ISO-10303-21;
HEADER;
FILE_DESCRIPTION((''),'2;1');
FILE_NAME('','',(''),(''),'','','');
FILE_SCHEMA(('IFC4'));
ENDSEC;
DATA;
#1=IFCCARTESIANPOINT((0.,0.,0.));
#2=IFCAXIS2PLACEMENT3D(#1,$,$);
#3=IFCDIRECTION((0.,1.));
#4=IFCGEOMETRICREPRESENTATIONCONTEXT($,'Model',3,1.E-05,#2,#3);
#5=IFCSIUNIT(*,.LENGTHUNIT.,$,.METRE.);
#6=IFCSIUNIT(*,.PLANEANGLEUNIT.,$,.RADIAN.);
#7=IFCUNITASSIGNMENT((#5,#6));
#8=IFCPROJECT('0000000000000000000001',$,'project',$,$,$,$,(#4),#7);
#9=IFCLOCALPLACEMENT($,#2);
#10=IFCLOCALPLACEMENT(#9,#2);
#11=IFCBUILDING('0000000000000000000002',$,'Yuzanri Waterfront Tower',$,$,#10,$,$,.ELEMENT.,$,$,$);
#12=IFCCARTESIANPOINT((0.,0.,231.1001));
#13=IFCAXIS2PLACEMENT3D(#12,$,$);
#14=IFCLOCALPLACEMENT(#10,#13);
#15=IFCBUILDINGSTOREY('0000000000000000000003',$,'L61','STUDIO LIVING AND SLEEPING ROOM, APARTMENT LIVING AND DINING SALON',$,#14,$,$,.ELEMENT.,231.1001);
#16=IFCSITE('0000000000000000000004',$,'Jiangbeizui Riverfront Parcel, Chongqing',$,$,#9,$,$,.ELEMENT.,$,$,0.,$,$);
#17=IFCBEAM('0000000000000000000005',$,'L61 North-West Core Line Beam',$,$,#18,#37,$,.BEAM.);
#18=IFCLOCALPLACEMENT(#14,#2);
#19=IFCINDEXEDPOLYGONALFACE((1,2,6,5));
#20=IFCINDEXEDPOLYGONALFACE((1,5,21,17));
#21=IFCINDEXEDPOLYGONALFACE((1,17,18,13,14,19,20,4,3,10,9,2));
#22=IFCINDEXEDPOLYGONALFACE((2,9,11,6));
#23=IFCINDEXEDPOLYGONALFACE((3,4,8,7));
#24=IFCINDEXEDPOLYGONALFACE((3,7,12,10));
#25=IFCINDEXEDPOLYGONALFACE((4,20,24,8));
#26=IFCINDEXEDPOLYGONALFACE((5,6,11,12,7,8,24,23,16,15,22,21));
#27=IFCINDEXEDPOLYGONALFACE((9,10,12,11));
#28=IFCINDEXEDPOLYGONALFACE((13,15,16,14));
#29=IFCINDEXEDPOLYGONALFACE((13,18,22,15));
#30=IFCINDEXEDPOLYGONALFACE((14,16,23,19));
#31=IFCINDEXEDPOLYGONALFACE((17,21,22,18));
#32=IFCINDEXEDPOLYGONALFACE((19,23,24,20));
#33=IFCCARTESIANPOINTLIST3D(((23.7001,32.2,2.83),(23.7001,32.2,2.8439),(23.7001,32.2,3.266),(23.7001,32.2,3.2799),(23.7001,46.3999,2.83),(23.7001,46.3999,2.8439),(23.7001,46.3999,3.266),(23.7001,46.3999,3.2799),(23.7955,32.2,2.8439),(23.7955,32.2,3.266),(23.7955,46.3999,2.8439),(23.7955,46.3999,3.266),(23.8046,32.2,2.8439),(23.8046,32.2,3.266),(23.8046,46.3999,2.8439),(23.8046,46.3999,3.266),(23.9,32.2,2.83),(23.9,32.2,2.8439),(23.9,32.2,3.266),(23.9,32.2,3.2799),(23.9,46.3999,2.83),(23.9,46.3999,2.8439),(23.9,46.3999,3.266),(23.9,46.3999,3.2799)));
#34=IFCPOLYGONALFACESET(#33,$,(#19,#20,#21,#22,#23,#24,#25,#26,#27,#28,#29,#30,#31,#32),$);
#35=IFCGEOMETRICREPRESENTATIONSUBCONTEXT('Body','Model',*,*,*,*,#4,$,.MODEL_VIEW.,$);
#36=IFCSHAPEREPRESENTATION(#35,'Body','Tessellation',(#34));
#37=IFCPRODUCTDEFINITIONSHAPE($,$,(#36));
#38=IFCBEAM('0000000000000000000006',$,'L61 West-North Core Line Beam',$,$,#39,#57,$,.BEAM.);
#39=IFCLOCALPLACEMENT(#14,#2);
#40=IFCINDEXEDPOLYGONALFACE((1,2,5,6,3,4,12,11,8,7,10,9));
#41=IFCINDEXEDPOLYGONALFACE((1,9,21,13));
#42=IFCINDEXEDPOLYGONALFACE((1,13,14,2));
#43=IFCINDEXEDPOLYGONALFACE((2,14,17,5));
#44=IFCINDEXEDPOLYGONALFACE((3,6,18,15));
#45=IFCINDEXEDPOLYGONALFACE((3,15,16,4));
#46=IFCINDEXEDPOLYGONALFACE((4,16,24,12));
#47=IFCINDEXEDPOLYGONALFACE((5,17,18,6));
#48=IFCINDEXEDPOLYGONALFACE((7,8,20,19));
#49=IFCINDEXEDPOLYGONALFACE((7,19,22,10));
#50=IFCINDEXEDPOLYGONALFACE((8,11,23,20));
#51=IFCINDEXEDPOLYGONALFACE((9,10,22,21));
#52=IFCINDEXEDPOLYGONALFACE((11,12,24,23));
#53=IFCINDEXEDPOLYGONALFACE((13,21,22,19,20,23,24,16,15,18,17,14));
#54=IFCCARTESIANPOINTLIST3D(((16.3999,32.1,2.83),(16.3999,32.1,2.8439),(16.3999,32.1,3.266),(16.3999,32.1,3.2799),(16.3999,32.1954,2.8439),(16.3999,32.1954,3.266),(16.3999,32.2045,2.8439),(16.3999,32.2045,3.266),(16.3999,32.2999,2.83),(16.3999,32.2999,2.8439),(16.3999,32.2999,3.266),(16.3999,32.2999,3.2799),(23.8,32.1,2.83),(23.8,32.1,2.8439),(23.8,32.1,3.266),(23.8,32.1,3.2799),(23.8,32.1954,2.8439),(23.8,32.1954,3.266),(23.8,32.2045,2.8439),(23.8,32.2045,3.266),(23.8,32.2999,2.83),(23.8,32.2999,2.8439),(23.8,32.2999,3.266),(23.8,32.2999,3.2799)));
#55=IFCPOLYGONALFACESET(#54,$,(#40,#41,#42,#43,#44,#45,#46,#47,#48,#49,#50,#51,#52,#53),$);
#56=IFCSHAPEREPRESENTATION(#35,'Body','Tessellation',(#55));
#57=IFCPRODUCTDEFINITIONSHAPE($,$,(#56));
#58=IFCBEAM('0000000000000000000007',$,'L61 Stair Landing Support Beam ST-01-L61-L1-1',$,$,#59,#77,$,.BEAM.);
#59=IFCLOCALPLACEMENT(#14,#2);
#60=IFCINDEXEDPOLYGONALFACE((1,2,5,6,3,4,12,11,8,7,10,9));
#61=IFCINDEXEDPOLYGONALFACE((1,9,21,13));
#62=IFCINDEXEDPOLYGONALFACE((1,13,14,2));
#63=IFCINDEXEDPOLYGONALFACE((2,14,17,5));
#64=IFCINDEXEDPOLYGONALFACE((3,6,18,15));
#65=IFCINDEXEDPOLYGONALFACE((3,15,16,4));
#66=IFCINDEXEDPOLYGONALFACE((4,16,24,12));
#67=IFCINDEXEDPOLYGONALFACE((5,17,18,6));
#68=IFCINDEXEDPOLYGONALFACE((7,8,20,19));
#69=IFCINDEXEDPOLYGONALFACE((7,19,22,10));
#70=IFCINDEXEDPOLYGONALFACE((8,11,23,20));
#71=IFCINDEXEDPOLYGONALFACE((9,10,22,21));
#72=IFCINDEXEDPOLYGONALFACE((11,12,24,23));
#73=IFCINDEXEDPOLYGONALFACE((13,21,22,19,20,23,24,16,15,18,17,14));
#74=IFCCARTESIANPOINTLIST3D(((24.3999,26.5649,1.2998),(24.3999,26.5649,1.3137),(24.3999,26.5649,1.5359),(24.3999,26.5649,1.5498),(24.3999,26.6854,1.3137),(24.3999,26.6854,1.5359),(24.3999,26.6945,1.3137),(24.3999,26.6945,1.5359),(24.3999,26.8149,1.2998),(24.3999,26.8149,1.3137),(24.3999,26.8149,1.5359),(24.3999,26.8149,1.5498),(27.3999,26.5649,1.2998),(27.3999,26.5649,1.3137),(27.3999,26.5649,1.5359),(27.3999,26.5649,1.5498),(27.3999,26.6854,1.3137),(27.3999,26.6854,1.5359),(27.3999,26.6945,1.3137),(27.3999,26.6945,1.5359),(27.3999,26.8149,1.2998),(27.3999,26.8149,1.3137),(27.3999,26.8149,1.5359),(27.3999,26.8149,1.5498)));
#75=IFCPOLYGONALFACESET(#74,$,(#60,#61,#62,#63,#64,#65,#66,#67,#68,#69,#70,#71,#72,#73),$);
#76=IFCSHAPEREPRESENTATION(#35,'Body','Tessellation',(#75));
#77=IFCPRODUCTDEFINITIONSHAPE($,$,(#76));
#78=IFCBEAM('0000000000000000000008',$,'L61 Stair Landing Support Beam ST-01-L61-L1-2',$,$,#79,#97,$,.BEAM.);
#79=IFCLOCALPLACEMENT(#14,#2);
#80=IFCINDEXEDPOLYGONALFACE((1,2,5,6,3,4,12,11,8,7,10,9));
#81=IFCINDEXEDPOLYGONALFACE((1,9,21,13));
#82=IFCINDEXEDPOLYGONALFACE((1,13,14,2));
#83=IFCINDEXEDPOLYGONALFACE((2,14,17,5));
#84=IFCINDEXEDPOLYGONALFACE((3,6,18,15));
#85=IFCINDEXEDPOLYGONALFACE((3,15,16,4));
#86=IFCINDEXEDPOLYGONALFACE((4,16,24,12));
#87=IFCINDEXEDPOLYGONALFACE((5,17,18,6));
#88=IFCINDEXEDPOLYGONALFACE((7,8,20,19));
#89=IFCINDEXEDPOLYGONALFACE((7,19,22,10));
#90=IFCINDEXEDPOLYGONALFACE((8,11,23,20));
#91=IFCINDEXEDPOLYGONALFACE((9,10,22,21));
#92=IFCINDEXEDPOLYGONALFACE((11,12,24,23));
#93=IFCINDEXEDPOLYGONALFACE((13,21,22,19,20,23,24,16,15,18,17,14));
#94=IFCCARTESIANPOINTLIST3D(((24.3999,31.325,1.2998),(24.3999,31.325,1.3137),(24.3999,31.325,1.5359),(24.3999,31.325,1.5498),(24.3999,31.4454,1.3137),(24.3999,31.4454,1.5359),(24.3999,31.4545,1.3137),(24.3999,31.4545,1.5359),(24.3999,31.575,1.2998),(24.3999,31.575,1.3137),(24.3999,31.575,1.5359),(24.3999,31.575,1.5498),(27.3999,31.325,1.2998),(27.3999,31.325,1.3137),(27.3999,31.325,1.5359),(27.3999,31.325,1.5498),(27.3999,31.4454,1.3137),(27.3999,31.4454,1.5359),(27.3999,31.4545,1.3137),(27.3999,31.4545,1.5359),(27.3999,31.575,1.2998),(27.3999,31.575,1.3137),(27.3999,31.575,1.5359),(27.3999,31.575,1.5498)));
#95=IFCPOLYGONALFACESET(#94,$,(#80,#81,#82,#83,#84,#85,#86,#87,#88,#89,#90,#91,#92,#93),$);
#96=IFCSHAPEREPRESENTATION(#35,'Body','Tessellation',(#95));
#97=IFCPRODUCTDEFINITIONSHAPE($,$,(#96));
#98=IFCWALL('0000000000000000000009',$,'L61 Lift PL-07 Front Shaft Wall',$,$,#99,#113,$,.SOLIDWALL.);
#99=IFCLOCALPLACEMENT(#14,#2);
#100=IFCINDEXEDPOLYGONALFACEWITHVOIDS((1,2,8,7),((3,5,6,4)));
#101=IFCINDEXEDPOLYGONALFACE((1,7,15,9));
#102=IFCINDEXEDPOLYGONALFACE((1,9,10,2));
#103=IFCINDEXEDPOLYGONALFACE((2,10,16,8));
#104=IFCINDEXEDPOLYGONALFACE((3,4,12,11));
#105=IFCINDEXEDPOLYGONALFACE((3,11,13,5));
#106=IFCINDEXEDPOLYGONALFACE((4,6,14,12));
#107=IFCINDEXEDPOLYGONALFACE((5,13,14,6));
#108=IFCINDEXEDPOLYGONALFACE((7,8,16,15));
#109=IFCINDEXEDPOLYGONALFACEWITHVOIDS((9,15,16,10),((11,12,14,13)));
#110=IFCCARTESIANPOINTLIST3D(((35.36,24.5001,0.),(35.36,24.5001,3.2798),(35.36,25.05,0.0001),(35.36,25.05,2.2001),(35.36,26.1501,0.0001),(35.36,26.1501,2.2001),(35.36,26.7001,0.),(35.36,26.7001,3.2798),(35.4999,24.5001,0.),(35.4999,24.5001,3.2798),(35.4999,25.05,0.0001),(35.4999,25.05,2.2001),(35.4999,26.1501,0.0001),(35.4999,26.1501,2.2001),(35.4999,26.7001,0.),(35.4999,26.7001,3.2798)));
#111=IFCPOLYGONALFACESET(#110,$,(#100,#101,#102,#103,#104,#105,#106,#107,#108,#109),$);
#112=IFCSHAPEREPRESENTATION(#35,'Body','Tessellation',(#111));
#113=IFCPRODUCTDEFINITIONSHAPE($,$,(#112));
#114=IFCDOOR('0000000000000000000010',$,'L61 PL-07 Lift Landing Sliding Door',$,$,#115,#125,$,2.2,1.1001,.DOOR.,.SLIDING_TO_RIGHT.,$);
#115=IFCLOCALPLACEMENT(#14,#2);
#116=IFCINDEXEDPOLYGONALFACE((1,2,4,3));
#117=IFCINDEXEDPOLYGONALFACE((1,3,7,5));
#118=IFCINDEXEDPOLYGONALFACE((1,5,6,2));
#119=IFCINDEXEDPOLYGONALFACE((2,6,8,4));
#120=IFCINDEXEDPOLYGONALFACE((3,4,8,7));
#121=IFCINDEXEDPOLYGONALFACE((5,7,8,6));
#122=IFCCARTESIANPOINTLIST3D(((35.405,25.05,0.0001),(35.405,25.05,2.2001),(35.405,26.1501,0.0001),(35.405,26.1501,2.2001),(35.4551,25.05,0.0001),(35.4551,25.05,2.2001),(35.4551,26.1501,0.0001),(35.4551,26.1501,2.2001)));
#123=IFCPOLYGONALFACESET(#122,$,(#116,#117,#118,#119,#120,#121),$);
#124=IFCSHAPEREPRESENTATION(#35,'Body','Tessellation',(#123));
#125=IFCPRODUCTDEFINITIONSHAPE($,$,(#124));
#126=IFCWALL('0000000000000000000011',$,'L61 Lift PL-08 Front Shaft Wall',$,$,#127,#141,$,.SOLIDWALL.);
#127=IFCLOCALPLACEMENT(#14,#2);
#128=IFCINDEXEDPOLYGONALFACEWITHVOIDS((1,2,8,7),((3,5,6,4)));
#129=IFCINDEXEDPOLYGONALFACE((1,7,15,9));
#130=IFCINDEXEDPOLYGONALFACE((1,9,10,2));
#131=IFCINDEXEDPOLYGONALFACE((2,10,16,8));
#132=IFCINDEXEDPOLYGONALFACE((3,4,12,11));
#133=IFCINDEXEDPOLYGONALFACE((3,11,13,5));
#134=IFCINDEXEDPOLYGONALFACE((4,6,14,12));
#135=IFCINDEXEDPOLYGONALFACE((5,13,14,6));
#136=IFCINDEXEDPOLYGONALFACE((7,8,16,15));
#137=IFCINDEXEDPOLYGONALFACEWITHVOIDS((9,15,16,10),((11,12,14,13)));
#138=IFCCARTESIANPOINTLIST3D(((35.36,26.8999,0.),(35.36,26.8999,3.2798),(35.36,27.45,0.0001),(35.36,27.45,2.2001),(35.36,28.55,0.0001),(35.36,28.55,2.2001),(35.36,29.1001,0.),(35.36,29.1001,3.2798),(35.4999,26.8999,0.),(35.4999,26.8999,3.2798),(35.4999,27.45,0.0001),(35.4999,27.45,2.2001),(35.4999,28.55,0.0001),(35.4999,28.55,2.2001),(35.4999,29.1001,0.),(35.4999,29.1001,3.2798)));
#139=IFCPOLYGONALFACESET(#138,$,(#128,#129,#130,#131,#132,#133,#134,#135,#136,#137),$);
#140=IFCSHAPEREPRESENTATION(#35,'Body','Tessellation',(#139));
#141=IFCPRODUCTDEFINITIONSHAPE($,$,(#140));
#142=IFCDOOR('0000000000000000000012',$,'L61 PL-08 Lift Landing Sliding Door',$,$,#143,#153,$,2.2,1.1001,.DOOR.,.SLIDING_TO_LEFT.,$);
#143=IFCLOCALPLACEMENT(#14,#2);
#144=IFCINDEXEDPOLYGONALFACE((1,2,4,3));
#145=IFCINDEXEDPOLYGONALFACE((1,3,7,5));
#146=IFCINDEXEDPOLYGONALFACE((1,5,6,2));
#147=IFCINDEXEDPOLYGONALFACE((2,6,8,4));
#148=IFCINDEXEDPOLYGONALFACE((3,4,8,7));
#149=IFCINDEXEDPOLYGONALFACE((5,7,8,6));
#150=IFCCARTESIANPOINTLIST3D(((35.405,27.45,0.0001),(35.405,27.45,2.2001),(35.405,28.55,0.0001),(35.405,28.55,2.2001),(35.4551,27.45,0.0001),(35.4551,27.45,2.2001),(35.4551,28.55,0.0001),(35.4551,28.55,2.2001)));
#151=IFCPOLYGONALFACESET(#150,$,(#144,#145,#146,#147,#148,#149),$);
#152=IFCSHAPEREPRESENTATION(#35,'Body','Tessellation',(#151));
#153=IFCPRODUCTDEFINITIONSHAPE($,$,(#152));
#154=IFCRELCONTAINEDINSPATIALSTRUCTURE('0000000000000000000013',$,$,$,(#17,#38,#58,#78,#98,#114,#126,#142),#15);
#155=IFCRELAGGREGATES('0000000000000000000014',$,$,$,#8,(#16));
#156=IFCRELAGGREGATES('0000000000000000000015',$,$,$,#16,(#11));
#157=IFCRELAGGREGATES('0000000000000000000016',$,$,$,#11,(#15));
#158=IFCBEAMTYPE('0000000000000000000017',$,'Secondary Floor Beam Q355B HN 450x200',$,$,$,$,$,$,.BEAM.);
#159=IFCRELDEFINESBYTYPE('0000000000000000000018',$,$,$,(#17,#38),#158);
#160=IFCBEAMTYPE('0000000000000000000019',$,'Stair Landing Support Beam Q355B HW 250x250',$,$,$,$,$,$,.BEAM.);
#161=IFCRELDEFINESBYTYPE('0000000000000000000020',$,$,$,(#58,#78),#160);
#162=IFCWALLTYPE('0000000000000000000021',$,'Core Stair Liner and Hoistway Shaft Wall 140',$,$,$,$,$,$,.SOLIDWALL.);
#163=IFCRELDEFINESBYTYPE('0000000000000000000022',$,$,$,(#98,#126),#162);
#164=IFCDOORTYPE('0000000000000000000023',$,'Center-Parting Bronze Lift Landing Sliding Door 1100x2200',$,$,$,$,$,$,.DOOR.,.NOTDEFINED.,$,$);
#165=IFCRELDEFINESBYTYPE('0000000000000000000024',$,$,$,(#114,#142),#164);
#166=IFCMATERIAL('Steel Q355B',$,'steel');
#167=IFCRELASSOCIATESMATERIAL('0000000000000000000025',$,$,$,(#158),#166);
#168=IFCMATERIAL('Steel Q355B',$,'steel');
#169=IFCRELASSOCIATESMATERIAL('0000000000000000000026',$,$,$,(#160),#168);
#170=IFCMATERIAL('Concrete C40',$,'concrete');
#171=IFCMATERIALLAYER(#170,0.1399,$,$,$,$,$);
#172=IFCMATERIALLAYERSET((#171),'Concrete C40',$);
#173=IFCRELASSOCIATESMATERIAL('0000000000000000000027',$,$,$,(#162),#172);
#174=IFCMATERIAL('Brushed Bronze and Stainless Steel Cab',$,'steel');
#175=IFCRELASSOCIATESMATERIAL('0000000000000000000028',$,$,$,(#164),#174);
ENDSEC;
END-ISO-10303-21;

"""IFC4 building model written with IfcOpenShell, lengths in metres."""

from ifc_helpers import new_model, si_unit, direction, frame, frame_2d, origin, origin_2d, place, context, subcontext, project, spatial, rectangle, i_section, extrude, source, transform, mapped, material, layer, layer_set, material_profile, profile_set, type_object, element, fill, save


model = new_model("IFC4")

# Units and contexts
model_context = context("Model", 3, precision=1e-05, world=origin(), true_north=direction((0.0, 1.0)))
body_context = subcontext(model_context, "Body", "Model", "MODEL_VIEW")
ifc_project = project(units=[si_unit("LENGTHUNIT", "METRE"), si_unit("PLANEANGLEUNIT", "RADIAN")], contexts=[model_context])

# Site, building, storey
site_placement = place(None, origin())
site = spatial("IfcSite", under=ifc_project, at=site_placement, Name="Jiangbeizui Riverfront Parcel, Chongqing", CompositionType="ELEMENT", RefElevation=0.0)
building_placement = place(site_placement, origin())
building = spatial("IfcBuilding", under=site, at=building_placement, Name="Yuzanri Waterfront Tower", CompositionType="ELEMENT")
storey_placement = place(building_placement, frame((0.0, 0.0, 231.1001)))
storey = spatial("IfcBuildingStorey", under=building, at=storey_placement, Name="L61", Description="STUDIO LIVING AND SLEEPING ROOM, APARTMENT LIVING AND DINING SALON", CompositionType="ELEMENT", Elevation=231.1001)

# Beams
ifc_material_1 = material(Name="Steel Q355B", Category="steel")
ifc_material_profile_1 = material_profile(ifc_material_1, i_section(OverallWidth=0.2, OverallDepth=0.45, WebThickness=0.009, FlangeThickness=0.0139, at=origin_2d()), Name="HN 450x200x9x14")
ifc_profile_set_1 = profile_set([ifc_material_profile_1], Name="Steel Q355B")
beam_type_1 = type_object("IfcBeamType", Name="Secondary Floor Beam Q355B HN 450x200", PredefinedType="BEAM", material=ifc_profile_set_1)
shared_shape_1 = source(origin(), body_context, "Body", "SweptSolid", [
    extrude(i_section(OverallWidth=0.2, OverallDepth=0.45, WebThickness=0.009, FlangeThickness=0.0139, at=origin_2d()), origin(), (0.0, 0.0, 1.0), 14.2),
])
beam_1_placement = place(storey_placement, frame((23.8, 32.2, 3.0549), z_axis=(0.0, 1.0, 0.0), x_axis=(-1.0, 0.0, 0.0)))
element("IfcBeam", 1, at=beam_1_placement, inside=storey, type_object=beam_type_1, Name="L61 North-West Core Line Beam", PredefinedType="BEAM", context=body_context, shape_type="MappedRepresentation", body=[
    mapped(shared_shape_1, transform((0.0, 0.0, 0.0), scale=1.0)),
])
shared_shape_2 = source(origin(), body_context, "Body", "SweptSolid", [
    extrude(i_section(OverallWidth=0.2, OverallDepth=0.45, WebThickness=0.009, FlangeThickness=0.0139, at=origin_2d()), origin(), (0.0, 0.0, 1.0), 7.4001),
])
beam_2_placement = place(storey_placement, frame((23.8, 32.2, 3.0549), z_axis=(-1.0, 0.0, 0.0), x_axis=(0.0, -1.0, 0.0)))
element("IfcBeam", 2, at=beam_2_placement, inside=storey, type_object=beam_type_1, Name="L61 West-North Core Line Beam", PredefinedType="BEAM", context=body_context, shape_type="MappedRepresentation", body=[
    mapped(shared_shape_2, transform((0.0, 0.0, 0.0), scale=1.0)),
])
ifc_material_2 = material(Name="Steel Q355B", Category="steel")
ifc_material_profile_2 = material_profile(ifc_material_2, i_section(OverallWidth=0.25, OverallDepth=0.25, WebThickness=0.009, FlangeThickness=0.0139, at=origin_2d()), Name="HW 250x250x9x14")
ifc_profile_set_2 = profile_set([ifc_material_profile_2], Name="Steel Q355B")
beam_type_2 = type_object("IfcBeamType", Name="Stair Landing Support Beam Q355B HW 250x250", PredefinedType="BEAM", material=ifc_profile_set_2)
shared_shape_3 = source(origin(), body_context, "Body", "SweptSolid", [
    extrude(i_section(OverallWidth=0.25, OverallDepth=0.25, WebThickness=0.009, FlangeThickness=0.0139, at=origin_2d()), origin(), (0.0, 0.0, 1.0), 3.0),
])
for number, where, z_axis, x_axis, name in (
    (3, (24.3999, 26.6899, 1.4248), (1.0, 0.0, 0.0), (0.0, 1.0, 0.0), "L61 Stair Landing Support Beam ST-01-L61-L1-1"),
    (4, (24.3999, 31.45, 1.4248), (1.0, 0.0, 0.0), (0.0, 1.0, 0.0), "L61 Stair Landing Support Beam ST-01-L61-L1-2"),
):
    element("IfcBeam", number, at=place(storey_placement, frame(where, z_axis=z_axis, x_axis=x_axis)), inside=storey, type_object=beam_type_2, Name=name, PredefinedType="BEAM", context=body_context, shape_type="MappedRepresentation", body=[
        mapped(shared_shape_3, transform((0.0, 0.0, 0.0), scale=1.0)),
    ])

# Walls, openings, doors
ifc_material_3 = material(Name="Concrete C40", Category="concrete")
ifc_layer_1 = layer(ifc_material_3, 0.1399)
ifc_layer_set_1 = layer_set([ifc_layer_1], Name="Concrete C40")
wall_type_1 = type_object("IfcWallType", Name="Core Stair Liner and Hoistway Shaft Wall 140", PredefinedType="SOLIDWALL", material=ifc_layer_set_1)
wall_1_placement = place(storey_placement, frame((35.4299, 24.5, 0.0), z_axis=(0.0, 0.0, 1.0), x_axis=(0.0, 1.0, 0.0)))
wall_1 = element("IfcWall", 5, at=wall_1_placement, inside=storey, type_object=wall_type_1, Name="L61 Lift PL-07 Front Shaft Wall", PredefinedType="SOLIDWALL", context=body_context, shape_type="SweptSolid", body=[
    extrude(rectangle(XDim=2.2, YDim=0.1399, at=frame_2d((1.1001, 0.0))), origin(), (0.0, 0.0, 1.0), 3.2798),
])
opening_1_placement = place(wall_1_placement, frame((0.55, 0.0, 0.0)))
opening_1 = element("IfcOpeningElement", 6, at=opening_1_placement, cuts=wall_1, PredefinedType="OPENING", context=body_context, shape_type="SweptSolid", body=[
    extrude(rectangle(XDim=1.1001, YDim=2.2, at=frame_2d((0.55, 1.1001))), frame((0.0, 0.085, 0.0), z_axis=(0.0, -1.0, 0.0), x_axis=(1.0, 0.0, 0.0)), (0.0, 0.0, 1.0), 0.1697),
])
ifc_material_4 = material(Name="Brushed Bronze and Stainless Steel Cab", Category="steel")
door_type_1 = type_object("IfcDoorType", Name="Center-Parting Bronze Lift Landing Sliding Door 1100x2200", OperationType="NOTDEFINED", PredefinedType="DOOR", material=ifc_material_4)
shared_shape_4 = source(origin(), body_context, "Body", "SweptSolid", [
    extrude(rectangle(XDim=1.1001, YDim=2.2, at=frame_2d((0.55, 1.1001))), frame((0.0, 0.0249, 0.0), z_axis=(0.0, -1.0, 0.0), x_axis=(1.0, 0.0, 0.0)), (0.0, 0.0, 1.0), 0.05),
])
door_1_placement = place(opening_1_placement, origin())
door_1 = element("IfcDoor", 7, at=door_1_placement, inside=storey, type_object=door_type_1, Name="L61 PL-07 Lift Landing Sliding Door", OperationType="SLIDING_TO_RIGHT", OverallHeight=2.2, OverallWidth=1.1001, PredefinedType="DOOR", context=body_context, shape_type="MappedRepresentation", body=[
    mapped(shared_shape_4, transform((0.0, 0.0, 0.0), scale=1.0)),
])
fill(opening_1, door_1)
wall_2_placement = place(storey_placement, frame((35.4299, 26.8999, 0.0), z_axis=(0.0, 0.0, 1.0), x_axis=(0.0, 1.0, 0.0)))
wall_2 = element("IfcWall", 8, at=wall_2_placement, inside=storey, type_object=wall_type_1, Name="L61 Lift PL-08 Front Shaft Wall", PredefinedType="SOLIDWALL", context=body_context, shape_type="SweptSolid", body=[
    extrude(rectangle(XDim=2.2002, YDim=0.1399, at=frame_2d((1.1001, 0.0))), origin(), (0.0, 0.0, 1.0), 3.2798),
])
opening_2_placement = place(wall_2_placement, frame((0.55, 0.0, 0.0)))
opening_2 = element("IfcOpeningElement", 9, at=opening_2_placement, cuts=wall_2, PredefinedType="OPENING", context=body_context, shape_type="SweptSolid", body=[
    extrude(rectangle(XDim=1.1001, YDim=2.2, at=frame_2d((0.55, 1.1001))), frame((0.0, 0.085, 0.0), z_axis=(0.0, -1.0, 0.0), x_axis=(1.0, 0.0, 0.0)), (0.0, 0.0, 1.0), 0.1697),
])
door_2_placement = place(opening_2_placement, origin())
door_2 = element("IfcDoor", 10, at=door_2_placement, inside=storey, type_object=door_type_1, Name="L61 PL-08 Lift Landing Sliding Door", OperationType="SLIDING_TO_LEFT", OverallHeight=2.2, OverallWidth=1.1001, PredefinedType="DOOR", context=body_context, shape_type="MappedRepresentation", body=[
    mapped(shared_shape_4, transform((0.0, 0.0, 0.0), scale=1.0)),
])
fill(opening_2, door_2)

save(model, "model.ifc")
